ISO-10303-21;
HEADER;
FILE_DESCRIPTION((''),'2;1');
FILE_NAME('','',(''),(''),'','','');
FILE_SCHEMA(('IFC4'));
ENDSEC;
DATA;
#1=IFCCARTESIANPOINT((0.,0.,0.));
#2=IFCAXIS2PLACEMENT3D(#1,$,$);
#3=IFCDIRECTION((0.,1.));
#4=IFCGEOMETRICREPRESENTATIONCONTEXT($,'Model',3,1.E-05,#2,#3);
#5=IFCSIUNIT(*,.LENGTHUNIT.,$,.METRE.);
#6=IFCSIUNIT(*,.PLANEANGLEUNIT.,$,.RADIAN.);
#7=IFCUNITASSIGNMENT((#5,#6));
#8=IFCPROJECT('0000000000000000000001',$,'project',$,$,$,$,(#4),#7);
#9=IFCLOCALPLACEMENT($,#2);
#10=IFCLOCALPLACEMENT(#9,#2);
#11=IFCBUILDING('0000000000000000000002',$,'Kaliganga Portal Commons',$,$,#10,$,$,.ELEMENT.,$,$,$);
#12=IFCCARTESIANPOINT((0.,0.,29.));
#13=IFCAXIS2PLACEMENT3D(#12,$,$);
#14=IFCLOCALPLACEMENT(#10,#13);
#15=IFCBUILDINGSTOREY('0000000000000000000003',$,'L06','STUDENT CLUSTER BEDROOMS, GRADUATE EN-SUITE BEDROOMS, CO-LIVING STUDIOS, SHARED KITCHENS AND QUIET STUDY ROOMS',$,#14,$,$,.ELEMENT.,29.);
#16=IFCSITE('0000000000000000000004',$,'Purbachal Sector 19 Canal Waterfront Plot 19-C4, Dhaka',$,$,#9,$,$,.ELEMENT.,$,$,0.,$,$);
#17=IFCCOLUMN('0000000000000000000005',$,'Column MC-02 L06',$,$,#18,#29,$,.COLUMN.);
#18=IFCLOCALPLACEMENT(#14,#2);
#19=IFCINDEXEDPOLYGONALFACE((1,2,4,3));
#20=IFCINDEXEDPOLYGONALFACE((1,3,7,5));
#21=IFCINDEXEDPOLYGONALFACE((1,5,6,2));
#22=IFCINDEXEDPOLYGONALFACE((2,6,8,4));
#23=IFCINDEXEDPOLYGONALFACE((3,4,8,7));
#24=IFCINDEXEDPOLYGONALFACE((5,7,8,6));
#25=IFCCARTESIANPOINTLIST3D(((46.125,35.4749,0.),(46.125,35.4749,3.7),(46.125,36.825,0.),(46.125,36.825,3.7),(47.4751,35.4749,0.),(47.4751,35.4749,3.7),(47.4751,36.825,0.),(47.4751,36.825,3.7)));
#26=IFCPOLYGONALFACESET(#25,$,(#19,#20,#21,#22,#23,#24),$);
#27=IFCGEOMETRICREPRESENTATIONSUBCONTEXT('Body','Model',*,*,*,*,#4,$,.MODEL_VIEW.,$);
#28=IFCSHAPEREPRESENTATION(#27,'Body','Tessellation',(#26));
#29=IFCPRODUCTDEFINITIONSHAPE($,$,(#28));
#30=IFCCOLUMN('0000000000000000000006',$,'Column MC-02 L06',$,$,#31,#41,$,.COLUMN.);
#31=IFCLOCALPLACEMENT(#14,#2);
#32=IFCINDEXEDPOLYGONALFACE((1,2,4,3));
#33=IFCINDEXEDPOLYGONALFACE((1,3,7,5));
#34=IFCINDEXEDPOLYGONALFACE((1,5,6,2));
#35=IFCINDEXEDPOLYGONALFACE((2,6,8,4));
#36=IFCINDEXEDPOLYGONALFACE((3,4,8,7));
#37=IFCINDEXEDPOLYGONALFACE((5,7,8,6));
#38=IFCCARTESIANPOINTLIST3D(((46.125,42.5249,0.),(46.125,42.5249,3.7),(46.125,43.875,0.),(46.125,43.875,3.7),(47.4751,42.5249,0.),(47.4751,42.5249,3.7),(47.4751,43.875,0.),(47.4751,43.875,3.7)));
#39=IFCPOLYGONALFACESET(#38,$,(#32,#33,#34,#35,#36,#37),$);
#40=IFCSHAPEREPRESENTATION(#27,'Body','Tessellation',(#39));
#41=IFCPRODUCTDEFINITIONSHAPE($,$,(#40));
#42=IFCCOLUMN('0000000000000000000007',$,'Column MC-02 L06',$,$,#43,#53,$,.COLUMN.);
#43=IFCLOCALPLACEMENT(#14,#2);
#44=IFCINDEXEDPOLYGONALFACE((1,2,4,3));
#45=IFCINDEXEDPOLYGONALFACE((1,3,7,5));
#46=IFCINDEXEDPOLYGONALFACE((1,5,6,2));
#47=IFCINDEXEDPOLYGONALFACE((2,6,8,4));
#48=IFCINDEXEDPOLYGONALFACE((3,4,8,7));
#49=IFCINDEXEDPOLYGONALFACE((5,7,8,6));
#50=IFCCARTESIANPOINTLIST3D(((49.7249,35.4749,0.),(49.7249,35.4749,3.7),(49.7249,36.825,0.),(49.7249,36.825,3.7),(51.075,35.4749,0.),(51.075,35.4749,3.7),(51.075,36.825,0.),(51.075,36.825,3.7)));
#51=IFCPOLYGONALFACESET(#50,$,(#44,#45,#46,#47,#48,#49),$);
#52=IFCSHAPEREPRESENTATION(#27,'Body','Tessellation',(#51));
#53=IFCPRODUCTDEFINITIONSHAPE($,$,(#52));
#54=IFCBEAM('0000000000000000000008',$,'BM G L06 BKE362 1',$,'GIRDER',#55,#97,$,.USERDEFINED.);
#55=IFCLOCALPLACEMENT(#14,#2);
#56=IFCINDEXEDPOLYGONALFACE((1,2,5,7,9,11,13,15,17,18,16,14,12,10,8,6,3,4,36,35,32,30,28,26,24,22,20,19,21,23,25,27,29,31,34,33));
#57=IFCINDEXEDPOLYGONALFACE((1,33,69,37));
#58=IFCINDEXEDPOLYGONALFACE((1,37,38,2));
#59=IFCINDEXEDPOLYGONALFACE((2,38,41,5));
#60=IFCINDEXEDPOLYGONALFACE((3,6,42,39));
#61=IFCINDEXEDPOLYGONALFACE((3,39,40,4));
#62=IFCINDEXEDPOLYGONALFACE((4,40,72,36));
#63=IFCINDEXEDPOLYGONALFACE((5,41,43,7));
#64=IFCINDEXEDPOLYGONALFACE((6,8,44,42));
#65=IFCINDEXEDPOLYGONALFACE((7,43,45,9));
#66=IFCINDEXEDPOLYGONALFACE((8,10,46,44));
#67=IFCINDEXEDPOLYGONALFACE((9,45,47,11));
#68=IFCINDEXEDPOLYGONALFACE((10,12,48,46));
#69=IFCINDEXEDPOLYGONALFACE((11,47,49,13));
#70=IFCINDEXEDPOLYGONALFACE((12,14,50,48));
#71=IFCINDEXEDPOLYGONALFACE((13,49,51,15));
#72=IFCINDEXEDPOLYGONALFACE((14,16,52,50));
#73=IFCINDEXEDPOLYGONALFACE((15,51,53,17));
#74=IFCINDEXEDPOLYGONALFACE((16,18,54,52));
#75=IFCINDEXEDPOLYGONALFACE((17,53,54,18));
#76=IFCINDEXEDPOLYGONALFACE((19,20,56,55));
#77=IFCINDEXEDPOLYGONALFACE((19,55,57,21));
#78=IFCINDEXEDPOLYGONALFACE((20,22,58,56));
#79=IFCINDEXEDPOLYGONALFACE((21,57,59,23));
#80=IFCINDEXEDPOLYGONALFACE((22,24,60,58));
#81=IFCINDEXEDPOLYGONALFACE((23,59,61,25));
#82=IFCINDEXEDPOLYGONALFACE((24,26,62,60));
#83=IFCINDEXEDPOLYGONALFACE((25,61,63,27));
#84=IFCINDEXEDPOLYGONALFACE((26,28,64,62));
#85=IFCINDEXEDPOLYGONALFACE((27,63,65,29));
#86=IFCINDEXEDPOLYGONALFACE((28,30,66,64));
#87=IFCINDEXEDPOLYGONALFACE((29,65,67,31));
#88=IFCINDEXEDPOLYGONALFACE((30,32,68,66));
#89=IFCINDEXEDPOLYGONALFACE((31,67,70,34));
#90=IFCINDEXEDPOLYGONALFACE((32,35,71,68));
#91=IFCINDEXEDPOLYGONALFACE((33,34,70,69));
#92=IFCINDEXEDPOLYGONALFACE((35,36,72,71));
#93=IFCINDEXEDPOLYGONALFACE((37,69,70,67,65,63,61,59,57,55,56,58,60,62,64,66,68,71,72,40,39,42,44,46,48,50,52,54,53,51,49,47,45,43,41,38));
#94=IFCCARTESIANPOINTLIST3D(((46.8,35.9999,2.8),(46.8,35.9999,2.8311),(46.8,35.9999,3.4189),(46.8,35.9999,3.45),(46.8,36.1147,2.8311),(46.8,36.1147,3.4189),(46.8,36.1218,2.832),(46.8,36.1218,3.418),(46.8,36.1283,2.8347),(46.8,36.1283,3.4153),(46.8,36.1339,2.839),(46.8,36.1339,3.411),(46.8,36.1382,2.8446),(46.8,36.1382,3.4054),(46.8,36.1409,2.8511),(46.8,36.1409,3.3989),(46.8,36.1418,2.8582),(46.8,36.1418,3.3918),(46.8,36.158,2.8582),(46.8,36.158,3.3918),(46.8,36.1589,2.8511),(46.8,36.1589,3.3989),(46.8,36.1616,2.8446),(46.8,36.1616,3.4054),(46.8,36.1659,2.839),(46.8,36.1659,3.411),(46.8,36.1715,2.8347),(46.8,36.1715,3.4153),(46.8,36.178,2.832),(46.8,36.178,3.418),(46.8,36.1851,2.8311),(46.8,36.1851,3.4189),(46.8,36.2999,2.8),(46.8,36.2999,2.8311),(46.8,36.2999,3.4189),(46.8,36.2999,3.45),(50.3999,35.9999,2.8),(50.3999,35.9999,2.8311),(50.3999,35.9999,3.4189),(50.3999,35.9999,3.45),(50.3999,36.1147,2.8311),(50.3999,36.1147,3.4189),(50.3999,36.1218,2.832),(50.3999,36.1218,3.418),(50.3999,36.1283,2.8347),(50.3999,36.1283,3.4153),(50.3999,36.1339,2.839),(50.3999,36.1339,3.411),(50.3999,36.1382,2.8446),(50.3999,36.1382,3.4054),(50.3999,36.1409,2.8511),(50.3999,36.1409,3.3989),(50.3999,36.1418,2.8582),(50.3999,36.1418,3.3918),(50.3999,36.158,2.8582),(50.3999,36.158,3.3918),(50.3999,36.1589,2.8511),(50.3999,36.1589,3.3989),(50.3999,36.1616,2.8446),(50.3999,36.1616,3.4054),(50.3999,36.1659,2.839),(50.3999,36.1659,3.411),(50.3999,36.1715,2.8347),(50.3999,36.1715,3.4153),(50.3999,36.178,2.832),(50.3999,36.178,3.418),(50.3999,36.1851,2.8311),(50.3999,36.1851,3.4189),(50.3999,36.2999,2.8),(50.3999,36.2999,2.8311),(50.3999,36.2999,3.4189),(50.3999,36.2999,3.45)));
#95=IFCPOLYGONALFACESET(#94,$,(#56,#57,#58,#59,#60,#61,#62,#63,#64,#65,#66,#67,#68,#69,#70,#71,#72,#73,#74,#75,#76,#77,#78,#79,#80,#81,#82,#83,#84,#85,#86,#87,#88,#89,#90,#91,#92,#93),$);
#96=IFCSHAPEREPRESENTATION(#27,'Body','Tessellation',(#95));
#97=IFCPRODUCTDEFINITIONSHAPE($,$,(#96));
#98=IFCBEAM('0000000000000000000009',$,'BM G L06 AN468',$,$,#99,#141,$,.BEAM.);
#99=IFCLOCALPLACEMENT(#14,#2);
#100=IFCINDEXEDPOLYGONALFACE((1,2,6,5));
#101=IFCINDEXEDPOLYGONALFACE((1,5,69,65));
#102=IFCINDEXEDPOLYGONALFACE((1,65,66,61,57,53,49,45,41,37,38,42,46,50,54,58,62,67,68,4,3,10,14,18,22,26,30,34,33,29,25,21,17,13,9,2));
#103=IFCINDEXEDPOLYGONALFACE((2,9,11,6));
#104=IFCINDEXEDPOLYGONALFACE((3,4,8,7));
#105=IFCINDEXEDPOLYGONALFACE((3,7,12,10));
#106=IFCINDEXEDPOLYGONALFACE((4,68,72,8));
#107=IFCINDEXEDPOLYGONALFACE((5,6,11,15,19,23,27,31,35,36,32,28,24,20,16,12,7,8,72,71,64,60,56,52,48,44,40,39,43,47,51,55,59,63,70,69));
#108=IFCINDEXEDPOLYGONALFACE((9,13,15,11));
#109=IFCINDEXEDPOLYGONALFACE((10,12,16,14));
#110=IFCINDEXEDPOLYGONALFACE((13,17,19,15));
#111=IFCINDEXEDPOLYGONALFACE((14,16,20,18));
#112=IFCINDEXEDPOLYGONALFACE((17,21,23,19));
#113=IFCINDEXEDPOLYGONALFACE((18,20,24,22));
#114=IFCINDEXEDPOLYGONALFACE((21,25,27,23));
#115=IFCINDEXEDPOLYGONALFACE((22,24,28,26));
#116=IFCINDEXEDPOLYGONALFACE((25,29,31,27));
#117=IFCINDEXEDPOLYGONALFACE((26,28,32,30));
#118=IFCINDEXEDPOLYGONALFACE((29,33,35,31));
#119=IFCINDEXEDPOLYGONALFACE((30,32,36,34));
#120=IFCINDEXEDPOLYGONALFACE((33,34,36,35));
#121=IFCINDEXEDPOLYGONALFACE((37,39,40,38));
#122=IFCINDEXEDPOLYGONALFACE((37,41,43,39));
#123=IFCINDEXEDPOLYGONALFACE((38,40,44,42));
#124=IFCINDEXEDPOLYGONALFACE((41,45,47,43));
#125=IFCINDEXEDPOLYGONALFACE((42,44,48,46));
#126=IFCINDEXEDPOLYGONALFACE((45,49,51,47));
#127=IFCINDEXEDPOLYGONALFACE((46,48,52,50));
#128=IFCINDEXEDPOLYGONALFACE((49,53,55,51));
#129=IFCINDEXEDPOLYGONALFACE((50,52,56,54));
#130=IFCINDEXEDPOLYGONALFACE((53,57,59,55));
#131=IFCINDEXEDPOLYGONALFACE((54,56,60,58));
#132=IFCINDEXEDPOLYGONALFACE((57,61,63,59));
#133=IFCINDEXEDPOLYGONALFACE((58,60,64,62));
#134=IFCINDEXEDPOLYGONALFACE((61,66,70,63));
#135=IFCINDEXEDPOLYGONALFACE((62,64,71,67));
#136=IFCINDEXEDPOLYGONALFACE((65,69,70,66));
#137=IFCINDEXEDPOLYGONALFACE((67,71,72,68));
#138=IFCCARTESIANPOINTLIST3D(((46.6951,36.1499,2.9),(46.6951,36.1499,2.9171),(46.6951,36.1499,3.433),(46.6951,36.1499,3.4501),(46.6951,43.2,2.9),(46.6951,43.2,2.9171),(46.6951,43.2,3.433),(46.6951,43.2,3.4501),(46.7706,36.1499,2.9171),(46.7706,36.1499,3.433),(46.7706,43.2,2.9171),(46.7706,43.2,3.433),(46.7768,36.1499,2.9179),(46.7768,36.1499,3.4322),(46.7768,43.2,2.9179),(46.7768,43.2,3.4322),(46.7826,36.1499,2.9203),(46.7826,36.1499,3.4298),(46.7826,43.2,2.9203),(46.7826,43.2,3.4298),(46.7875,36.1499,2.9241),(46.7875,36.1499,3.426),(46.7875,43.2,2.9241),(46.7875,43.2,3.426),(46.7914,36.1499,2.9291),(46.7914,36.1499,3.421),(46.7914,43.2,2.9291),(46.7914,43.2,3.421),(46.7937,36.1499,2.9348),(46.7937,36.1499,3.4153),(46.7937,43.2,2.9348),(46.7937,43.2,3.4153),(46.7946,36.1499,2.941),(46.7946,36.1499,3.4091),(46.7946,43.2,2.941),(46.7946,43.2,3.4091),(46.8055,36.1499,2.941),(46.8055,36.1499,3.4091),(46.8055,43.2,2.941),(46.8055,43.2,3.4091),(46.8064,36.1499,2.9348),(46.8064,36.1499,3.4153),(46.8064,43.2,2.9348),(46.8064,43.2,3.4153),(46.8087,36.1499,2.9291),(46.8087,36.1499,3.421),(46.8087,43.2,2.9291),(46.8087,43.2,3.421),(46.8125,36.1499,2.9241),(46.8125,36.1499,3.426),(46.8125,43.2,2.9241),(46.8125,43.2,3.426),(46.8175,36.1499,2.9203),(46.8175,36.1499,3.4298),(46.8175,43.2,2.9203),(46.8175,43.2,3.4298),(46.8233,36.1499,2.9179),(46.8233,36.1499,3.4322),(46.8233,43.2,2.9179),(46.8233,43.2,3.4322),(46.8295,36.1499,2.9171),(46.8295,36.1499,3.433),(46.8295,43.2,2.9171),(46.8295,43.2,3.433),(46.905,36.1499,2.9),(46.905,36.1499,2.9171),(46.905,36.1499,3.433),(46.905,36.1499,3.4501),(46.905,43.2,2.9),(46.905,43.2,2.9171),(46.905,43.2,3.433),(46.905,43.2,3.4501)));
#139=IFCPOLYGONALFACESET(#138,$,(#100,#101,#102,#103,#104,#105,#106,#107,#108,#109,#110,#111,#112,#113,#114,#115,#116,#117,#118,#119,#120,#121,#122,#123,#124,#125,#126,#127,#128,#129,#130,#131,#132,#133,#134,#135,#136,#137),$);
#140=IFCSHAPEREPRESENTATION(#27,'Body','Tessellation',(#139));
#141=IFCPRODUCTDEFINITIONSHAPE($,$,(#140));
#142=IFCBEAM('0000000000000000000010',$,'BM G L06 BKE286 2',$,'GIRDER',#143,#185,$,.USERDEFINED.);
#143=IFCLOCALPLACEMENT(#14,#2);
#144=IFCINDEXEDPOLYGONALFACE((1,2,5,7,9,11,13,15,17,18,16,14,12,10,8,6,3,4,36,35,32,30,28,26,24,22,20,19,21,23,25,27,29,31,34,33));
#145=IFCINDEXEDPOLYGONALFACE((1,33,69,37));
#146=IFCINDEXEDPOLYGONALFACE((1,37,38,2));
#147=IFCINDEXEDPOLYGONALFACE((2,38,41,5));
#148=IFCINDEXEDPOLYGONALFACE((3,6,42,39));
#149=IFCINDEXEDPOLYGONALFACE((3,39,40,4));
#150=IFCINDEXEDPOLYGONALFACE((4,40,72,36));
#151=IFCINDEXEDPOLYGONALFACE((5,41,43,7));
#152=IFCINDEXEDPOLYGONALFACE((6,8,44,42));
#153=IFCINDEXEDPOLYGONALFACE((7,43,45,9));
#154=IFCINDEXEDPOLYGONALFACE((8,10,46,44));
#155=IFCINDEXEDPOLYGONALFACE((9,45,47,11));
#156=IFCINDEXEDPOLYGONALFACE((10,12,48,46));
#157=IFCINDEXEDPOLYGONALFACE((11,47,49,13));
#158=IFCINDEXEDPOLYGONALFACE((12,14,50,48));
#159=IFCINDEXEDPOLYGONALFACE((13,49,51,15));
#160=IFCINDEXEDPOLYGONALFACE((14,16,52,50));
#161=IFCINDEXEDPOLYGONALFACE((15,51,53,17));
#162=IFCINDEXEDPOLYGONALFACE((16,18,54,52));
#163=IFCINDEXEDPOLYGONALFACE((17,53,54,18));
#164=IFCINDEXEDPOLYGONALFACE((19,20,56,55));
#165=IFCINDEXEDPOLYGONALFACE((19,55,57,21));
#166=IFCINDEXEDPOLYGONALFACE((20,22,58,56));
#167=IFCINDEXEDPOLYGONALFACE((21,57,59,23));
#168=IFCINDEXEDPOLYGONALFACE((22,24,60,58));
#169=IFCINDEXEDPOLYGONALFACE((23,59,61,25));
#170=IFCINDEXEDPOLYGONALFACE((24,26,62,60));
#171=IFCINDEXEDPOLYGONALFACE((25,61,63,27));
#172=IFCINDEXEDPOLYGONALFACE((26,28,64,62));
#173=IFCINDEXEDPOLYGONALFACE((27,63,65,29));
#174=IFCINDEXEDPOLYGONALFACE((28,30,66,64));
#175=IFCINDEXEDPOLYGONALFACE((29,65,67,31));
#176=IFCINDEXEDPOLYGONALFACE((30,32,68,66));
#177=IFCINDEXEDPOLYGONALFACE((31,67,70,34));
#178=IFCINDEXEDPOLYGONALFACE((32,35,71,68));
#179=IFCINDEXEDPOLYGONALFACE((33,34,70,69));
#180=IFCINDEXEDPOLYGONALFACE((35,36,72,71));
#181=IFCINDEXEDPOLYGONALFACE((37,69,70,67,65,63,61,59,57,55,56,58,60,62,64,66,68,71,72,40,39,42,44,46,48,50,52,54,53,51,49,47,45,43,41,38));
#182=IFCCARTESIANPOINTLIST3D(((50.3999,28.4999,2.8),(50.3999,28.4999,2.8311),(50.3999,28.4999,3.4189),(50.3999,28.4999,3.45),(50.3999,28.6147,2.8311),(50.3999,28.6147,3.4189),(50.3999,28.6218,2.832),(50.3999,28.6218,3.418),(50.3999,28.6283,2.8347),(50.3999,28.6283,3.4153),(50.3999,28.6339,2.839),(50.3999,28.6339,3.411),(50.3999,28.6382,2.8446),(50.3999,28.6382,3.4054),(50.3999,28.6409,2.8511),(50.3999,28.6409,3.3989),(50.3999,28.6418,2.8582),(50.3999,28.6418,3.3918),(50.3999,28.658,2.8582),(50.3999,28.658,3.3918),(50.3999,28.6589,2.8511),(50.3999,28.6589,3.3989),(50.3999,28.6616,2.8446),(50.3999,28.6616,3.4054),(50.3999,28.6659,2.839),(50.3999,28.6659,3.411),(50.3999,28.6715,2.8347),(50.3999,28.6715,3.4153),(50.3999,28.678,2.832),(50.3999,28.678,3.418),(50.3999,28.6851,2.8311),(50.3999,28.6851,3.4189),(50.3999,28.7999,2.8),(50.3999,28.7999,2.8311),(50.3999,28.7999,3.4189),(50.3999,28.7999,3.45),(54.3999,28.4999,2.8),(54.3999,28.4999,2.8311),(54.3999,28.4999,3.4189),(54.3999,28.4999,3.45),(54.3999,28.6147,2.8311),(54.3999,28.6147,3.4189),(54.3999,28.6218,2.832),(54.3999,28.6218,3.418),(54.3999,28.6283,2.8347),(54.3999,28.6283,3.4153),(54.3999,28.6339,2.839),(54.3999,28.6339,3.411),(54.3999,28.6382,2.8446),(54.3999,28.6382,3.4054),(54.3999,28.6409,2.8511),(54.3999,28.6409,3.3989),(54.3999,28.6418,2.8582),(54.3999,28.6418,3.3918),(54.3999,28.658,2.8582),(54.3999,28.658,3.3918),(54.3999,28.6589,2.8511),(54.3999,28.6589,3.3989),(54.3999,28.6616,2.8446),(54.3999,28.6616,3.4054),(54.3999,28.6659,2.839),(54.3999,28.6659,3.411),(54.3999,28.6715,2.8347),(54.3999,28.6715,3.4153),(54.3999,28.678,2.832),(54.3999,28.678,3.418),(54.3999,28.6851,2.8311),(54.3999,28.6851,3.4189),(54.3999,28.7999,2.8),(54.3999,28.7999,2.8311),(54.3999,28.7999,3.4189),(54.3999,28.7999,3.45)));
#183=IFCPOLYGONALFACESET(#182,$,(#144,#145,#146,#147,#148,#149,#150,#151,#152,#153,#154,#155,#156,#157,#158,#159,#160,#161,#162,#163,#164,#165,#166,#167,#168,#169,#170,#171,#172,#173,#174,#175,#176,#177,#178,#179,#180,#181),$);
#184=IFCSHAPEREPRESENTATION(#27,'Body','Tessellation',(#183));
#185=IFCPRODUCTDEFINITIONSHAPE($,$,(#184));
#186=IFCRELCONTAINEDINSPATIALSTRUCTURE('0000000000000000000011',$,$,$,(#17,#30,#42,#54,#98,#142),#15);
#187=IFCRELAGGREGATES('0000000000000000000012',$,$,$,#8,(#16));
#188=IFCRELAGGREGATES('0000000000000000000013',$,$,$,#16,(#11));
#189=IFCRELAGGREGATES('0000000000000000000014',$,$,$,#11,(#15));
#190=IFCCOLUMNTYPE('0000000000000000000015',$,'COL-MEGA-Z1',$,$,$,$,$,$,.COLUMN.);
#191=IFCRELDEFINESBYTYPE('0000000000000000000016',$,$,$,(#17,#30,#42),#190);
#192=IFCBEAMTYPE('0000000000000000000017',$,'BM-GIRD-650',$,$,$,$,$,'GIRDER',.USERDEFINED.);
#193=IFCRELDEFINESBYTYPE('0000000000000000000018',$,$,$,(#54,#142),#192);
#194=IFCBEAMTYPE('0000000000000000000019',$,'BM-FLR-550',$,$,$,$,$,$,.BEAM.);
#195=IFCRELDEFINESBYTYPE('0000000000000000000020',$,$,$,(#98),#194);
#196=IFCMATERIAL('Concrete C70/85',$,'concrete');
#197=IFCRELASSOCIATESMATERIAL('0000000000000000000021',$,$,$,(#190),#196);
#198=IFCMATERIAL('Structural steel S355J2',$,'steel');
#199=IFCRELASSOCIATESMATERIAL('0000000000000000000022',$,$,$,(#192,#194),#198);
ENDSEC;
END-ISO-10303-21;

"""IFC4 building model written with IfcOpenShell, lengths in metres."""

from ifc_helpers import new_model, si_unit, direction, frame, origin, origin_2d, place, context, subcontext, project, spatial, rectangle, i_section, extrude, source, transform, mapped, material, material_profile, profile_set, type_object, element, save


model = new_model("IFC4")

# Units and contexts
model_context = context("Model", 3, precision=1e-05, world=origin(), true_north=direction((0.0, 1.0)))
body_context = subcontext(model_context, "Body", "Model", "MODEL_VIEW")
ifc_project = project(units=[si_unit("LENGTHUNIT", "METRE"), si_unit("PLANEANGLEUNIT", "RADIAN")], contexts=[model_context])

# Site, building, storey
site_placement = place(None, origin())
site = spatial("IfcSite", under=ifc_project, at=site_placement, Name="Purbachal Sector 19 Canal Waterfront Plot 19-C4, Dhaka", CompositionType="ELEMENT", RefElevation=0.0)
building_placement = place(site_placement, origin())
building = spatial("IfcBuilding", under=site, at=building_placement, Name="Kaliganga Portal Commons", CompositionType="ELEMENT")
storey_placement = place(building_placement, frame((0.0, 0.0, 29.0)))
storey = spatial("IfcBuildingStorey", under=building, at=storey_placement, Name="L06", Description="STUDENT CLUSTER BEDROOMS, GRADUATE EN-SUITE BEDROOMS, CO-LIVING STUDIOS, SHARED KITCHENS AND QUIET STUDY ROOMS", CompositionType="ELEMENT", Elevation=29.0)

# Columns
ifc_material_1 = material(Name="Concrete C70/85", Category="concrete")
ifc_material_profile_1 = material_profile(ifc_material_1, rectangle(XDim=1.3501, YDim=1.3501, at=origin_2d()), Name="RC 1350x1350")
ifc_profile_set_1 = profile_set([ifc_material_profile_1], Name="Concrete C70/85")
column_type = type_object("IfcColumnType", Name="COL-MEGA-Z1", PredefinedType="COLUMN", material=ifc_profile_set_1)
shared_shape_1 = source(origin(), body_context, "Body", "SweptSolid", [
    extrude(rectangle(XDim=1.3501, YDim=1.3501, at=origin_2d()), origin(), (0.0, 0.0, 1.0), 3.7),
])
for number, where, z_axis, x_axis, name in (
    (1, (46.8, 36.1499, 0.0), (0.0, 0.0, 1.0), (1.0, 0.0, 0.0), "Column MC-02 L06"),
    (2, (46.8, 43.2, 0.0), (0.0, 0.0, 1.0), (1.0, 0.0, 0.0), "Column MC-02 L06"),
    (3, (50.3999, 36.1499, 0.0), (0.0, 0.0, 1.0), (1.0, 0.0, 0.0), "Column MC-02 L06"),
):
    element("IfcColumn", number, at=place(storey_placement, frame(where, z_axis=z_axis, x_axis=x_axis)), inside=storey, type_object=column_type, Name=name, PredefinedType="COLUMN", context=body_context, shape_type="MappedRepresentation", body=[
        mapped(shared_shape_1, transform((0.0, 0.0, 0.0), x_axis=(1.0, 0.0, 0.0), y_axis=(0.0, 1.0, 0.0), z_axis=(0.0, 0.0, 1.0), scale=1.0)),
    ])

# Beams
ifc_material_2 = material(Name="Structural steel S355J2", Category="steel")
ifc_material_profile_2 = material_profile(ifc_material_2, i_section(OverallWidth=0.3, OverallDepth=0.6499, WebThickness=0.0161, FlangeThickness=0.031, FilletRadius=0.0271, at=origin_2d()), Name="HE 650 B")
ifc_profile_set_2 = profile_set([ifc_material_profile_2], Name="Structural steel S355J2 wide-flange")
beam_type_1 = type_object("IfcBeamType", Name="BM-GIRD-650", ElementType="GIRDER", PredefinedType="USERDEFINED", material=ifc_profile_set_2)
shared_shape_2 = source(origin(), body_context, "Body", "SweptSolid", [
    extrude(i_section(OverallWidth=0.3, OverallDepth=0.6499, WebThickness=0.0161, FlangeThickness=0.031, FilletRadius=0.0271, at=origin_2d()), origin(), (0.0, 0.0, 1.0), 3.5999),
])
beam_1_placement = place(storey_placement, frame((46.8, 36.1499, 3.125), z_axis=(1.0, 0.0, 0.0), x_axis=(0.0, 1.0, 0.0)))
element("IfcBeam", 4, at=beam_1_placement, inside=storey, type_object=beam_type_1, Name="BM G L06 BKE362 1", ObjectType="GIRDER", PredefinedType="USERDEFINED", context=body_context, shape_type="MappedRepresentation", body=[
    mapped(shared_shape_2, transform((0.0, 0.0, 0.0), x_axis=(1.0, 0.0, 0.0), y_axis=(0.0, 1.0, 0.0), z_axis=(0.0, 0.0, 1.0), scale=1.0)),
])
ifc_material_profile_3 = material_profile(ifc_material_2, i_section(OverallWidth=0.21, OverallDepth=0.55, WebThickness=0.011, FlangeThickness=0.0171, FilletRadius=0.0239, at=origin_2d()), Name="IPE 550")
ifc_profile_set_3 = profile_set([ifc_material_profile_3], Name="Structural steel S355J2 wide-flange")
beam_type_2 = type_object("IfcBeamType", Name="BM-FLR-550", PredefinedType="BEAM", material=ifc_profile_set_3)
shared_shape_3 = source(origin(), body_context, "Body", "SweptSolid", [
    extrude(i_section(OverallWidth=0.21, OverallDepth=0.55, WebThickness=0.011, FlangeThickness=0.0171, FilletRadius=0.0239, at=origin_2d()), origin(), (0.0, 0.0, 1.0), 7.05),
])
beam_2_placement = place(storey_placement, frame((46.8, 36.1499, 3.175), z_axis=(0.0, 1.0, 0.0), x_axis=(-1.0, 0.0, 0.0)))
element("IfcBeam", 5, at=beam_2_placement, inside=storey, type_object=beam_type_2, Name="BM G L06 AN468", PredefinedType="BEAM", context=body_context, shape_type="MappedRepresentation", body=[
    mapped(shared_shape_3, transform((0.0, 0.0, 0.0), x_axis=(1.0, 0.0, 0.0), y_axis=(0.0, 1.0, 0.0), z_axis=(0.0, 0.0, 1.0), scale=1.0)),
])
shared_shape_4 = source(origin(), body_context, "Body", "SweptSolid", [
    extrude(i_section(OverallWidth=0.3, OverallDepth=0.6499, WebThickness=0.0161, FlangeThickness=0.031, FilletRadius=0.0271, at=origin_2d()), origin(), (0.0, 0.0, 1.0), 4.0),
])
for number, where, z_axis, x_axis, name in (
    (6, (50.3999, 28.6499, 3.125), (1.0, 0.0, 0.0), (0.0, 1.0, 0.0), "BM G L06 BKE286 2"),
):
    element("IfcBeam", number, at=place(storey_placement, frame(where, z_axis=z_axis, x_axis=x_axis)), inside=storey, type_object=beam_type_1, Name=name, ObjectType="GIRDER", PredefinedType="USERDEFINED", context=body_context, shape_type="MappedRepresentation", body=[
        mapped(shared_shape_4, transform((0.0, 0.0, 0.0), x_axis=(1.0, 0.0, 0.0), y_axis=(0.0, 1.0, 0.0), z_axis=(0.0, 0.0, 1.0), scale=1.0)),
    ])

save(model, "model.ifc")
